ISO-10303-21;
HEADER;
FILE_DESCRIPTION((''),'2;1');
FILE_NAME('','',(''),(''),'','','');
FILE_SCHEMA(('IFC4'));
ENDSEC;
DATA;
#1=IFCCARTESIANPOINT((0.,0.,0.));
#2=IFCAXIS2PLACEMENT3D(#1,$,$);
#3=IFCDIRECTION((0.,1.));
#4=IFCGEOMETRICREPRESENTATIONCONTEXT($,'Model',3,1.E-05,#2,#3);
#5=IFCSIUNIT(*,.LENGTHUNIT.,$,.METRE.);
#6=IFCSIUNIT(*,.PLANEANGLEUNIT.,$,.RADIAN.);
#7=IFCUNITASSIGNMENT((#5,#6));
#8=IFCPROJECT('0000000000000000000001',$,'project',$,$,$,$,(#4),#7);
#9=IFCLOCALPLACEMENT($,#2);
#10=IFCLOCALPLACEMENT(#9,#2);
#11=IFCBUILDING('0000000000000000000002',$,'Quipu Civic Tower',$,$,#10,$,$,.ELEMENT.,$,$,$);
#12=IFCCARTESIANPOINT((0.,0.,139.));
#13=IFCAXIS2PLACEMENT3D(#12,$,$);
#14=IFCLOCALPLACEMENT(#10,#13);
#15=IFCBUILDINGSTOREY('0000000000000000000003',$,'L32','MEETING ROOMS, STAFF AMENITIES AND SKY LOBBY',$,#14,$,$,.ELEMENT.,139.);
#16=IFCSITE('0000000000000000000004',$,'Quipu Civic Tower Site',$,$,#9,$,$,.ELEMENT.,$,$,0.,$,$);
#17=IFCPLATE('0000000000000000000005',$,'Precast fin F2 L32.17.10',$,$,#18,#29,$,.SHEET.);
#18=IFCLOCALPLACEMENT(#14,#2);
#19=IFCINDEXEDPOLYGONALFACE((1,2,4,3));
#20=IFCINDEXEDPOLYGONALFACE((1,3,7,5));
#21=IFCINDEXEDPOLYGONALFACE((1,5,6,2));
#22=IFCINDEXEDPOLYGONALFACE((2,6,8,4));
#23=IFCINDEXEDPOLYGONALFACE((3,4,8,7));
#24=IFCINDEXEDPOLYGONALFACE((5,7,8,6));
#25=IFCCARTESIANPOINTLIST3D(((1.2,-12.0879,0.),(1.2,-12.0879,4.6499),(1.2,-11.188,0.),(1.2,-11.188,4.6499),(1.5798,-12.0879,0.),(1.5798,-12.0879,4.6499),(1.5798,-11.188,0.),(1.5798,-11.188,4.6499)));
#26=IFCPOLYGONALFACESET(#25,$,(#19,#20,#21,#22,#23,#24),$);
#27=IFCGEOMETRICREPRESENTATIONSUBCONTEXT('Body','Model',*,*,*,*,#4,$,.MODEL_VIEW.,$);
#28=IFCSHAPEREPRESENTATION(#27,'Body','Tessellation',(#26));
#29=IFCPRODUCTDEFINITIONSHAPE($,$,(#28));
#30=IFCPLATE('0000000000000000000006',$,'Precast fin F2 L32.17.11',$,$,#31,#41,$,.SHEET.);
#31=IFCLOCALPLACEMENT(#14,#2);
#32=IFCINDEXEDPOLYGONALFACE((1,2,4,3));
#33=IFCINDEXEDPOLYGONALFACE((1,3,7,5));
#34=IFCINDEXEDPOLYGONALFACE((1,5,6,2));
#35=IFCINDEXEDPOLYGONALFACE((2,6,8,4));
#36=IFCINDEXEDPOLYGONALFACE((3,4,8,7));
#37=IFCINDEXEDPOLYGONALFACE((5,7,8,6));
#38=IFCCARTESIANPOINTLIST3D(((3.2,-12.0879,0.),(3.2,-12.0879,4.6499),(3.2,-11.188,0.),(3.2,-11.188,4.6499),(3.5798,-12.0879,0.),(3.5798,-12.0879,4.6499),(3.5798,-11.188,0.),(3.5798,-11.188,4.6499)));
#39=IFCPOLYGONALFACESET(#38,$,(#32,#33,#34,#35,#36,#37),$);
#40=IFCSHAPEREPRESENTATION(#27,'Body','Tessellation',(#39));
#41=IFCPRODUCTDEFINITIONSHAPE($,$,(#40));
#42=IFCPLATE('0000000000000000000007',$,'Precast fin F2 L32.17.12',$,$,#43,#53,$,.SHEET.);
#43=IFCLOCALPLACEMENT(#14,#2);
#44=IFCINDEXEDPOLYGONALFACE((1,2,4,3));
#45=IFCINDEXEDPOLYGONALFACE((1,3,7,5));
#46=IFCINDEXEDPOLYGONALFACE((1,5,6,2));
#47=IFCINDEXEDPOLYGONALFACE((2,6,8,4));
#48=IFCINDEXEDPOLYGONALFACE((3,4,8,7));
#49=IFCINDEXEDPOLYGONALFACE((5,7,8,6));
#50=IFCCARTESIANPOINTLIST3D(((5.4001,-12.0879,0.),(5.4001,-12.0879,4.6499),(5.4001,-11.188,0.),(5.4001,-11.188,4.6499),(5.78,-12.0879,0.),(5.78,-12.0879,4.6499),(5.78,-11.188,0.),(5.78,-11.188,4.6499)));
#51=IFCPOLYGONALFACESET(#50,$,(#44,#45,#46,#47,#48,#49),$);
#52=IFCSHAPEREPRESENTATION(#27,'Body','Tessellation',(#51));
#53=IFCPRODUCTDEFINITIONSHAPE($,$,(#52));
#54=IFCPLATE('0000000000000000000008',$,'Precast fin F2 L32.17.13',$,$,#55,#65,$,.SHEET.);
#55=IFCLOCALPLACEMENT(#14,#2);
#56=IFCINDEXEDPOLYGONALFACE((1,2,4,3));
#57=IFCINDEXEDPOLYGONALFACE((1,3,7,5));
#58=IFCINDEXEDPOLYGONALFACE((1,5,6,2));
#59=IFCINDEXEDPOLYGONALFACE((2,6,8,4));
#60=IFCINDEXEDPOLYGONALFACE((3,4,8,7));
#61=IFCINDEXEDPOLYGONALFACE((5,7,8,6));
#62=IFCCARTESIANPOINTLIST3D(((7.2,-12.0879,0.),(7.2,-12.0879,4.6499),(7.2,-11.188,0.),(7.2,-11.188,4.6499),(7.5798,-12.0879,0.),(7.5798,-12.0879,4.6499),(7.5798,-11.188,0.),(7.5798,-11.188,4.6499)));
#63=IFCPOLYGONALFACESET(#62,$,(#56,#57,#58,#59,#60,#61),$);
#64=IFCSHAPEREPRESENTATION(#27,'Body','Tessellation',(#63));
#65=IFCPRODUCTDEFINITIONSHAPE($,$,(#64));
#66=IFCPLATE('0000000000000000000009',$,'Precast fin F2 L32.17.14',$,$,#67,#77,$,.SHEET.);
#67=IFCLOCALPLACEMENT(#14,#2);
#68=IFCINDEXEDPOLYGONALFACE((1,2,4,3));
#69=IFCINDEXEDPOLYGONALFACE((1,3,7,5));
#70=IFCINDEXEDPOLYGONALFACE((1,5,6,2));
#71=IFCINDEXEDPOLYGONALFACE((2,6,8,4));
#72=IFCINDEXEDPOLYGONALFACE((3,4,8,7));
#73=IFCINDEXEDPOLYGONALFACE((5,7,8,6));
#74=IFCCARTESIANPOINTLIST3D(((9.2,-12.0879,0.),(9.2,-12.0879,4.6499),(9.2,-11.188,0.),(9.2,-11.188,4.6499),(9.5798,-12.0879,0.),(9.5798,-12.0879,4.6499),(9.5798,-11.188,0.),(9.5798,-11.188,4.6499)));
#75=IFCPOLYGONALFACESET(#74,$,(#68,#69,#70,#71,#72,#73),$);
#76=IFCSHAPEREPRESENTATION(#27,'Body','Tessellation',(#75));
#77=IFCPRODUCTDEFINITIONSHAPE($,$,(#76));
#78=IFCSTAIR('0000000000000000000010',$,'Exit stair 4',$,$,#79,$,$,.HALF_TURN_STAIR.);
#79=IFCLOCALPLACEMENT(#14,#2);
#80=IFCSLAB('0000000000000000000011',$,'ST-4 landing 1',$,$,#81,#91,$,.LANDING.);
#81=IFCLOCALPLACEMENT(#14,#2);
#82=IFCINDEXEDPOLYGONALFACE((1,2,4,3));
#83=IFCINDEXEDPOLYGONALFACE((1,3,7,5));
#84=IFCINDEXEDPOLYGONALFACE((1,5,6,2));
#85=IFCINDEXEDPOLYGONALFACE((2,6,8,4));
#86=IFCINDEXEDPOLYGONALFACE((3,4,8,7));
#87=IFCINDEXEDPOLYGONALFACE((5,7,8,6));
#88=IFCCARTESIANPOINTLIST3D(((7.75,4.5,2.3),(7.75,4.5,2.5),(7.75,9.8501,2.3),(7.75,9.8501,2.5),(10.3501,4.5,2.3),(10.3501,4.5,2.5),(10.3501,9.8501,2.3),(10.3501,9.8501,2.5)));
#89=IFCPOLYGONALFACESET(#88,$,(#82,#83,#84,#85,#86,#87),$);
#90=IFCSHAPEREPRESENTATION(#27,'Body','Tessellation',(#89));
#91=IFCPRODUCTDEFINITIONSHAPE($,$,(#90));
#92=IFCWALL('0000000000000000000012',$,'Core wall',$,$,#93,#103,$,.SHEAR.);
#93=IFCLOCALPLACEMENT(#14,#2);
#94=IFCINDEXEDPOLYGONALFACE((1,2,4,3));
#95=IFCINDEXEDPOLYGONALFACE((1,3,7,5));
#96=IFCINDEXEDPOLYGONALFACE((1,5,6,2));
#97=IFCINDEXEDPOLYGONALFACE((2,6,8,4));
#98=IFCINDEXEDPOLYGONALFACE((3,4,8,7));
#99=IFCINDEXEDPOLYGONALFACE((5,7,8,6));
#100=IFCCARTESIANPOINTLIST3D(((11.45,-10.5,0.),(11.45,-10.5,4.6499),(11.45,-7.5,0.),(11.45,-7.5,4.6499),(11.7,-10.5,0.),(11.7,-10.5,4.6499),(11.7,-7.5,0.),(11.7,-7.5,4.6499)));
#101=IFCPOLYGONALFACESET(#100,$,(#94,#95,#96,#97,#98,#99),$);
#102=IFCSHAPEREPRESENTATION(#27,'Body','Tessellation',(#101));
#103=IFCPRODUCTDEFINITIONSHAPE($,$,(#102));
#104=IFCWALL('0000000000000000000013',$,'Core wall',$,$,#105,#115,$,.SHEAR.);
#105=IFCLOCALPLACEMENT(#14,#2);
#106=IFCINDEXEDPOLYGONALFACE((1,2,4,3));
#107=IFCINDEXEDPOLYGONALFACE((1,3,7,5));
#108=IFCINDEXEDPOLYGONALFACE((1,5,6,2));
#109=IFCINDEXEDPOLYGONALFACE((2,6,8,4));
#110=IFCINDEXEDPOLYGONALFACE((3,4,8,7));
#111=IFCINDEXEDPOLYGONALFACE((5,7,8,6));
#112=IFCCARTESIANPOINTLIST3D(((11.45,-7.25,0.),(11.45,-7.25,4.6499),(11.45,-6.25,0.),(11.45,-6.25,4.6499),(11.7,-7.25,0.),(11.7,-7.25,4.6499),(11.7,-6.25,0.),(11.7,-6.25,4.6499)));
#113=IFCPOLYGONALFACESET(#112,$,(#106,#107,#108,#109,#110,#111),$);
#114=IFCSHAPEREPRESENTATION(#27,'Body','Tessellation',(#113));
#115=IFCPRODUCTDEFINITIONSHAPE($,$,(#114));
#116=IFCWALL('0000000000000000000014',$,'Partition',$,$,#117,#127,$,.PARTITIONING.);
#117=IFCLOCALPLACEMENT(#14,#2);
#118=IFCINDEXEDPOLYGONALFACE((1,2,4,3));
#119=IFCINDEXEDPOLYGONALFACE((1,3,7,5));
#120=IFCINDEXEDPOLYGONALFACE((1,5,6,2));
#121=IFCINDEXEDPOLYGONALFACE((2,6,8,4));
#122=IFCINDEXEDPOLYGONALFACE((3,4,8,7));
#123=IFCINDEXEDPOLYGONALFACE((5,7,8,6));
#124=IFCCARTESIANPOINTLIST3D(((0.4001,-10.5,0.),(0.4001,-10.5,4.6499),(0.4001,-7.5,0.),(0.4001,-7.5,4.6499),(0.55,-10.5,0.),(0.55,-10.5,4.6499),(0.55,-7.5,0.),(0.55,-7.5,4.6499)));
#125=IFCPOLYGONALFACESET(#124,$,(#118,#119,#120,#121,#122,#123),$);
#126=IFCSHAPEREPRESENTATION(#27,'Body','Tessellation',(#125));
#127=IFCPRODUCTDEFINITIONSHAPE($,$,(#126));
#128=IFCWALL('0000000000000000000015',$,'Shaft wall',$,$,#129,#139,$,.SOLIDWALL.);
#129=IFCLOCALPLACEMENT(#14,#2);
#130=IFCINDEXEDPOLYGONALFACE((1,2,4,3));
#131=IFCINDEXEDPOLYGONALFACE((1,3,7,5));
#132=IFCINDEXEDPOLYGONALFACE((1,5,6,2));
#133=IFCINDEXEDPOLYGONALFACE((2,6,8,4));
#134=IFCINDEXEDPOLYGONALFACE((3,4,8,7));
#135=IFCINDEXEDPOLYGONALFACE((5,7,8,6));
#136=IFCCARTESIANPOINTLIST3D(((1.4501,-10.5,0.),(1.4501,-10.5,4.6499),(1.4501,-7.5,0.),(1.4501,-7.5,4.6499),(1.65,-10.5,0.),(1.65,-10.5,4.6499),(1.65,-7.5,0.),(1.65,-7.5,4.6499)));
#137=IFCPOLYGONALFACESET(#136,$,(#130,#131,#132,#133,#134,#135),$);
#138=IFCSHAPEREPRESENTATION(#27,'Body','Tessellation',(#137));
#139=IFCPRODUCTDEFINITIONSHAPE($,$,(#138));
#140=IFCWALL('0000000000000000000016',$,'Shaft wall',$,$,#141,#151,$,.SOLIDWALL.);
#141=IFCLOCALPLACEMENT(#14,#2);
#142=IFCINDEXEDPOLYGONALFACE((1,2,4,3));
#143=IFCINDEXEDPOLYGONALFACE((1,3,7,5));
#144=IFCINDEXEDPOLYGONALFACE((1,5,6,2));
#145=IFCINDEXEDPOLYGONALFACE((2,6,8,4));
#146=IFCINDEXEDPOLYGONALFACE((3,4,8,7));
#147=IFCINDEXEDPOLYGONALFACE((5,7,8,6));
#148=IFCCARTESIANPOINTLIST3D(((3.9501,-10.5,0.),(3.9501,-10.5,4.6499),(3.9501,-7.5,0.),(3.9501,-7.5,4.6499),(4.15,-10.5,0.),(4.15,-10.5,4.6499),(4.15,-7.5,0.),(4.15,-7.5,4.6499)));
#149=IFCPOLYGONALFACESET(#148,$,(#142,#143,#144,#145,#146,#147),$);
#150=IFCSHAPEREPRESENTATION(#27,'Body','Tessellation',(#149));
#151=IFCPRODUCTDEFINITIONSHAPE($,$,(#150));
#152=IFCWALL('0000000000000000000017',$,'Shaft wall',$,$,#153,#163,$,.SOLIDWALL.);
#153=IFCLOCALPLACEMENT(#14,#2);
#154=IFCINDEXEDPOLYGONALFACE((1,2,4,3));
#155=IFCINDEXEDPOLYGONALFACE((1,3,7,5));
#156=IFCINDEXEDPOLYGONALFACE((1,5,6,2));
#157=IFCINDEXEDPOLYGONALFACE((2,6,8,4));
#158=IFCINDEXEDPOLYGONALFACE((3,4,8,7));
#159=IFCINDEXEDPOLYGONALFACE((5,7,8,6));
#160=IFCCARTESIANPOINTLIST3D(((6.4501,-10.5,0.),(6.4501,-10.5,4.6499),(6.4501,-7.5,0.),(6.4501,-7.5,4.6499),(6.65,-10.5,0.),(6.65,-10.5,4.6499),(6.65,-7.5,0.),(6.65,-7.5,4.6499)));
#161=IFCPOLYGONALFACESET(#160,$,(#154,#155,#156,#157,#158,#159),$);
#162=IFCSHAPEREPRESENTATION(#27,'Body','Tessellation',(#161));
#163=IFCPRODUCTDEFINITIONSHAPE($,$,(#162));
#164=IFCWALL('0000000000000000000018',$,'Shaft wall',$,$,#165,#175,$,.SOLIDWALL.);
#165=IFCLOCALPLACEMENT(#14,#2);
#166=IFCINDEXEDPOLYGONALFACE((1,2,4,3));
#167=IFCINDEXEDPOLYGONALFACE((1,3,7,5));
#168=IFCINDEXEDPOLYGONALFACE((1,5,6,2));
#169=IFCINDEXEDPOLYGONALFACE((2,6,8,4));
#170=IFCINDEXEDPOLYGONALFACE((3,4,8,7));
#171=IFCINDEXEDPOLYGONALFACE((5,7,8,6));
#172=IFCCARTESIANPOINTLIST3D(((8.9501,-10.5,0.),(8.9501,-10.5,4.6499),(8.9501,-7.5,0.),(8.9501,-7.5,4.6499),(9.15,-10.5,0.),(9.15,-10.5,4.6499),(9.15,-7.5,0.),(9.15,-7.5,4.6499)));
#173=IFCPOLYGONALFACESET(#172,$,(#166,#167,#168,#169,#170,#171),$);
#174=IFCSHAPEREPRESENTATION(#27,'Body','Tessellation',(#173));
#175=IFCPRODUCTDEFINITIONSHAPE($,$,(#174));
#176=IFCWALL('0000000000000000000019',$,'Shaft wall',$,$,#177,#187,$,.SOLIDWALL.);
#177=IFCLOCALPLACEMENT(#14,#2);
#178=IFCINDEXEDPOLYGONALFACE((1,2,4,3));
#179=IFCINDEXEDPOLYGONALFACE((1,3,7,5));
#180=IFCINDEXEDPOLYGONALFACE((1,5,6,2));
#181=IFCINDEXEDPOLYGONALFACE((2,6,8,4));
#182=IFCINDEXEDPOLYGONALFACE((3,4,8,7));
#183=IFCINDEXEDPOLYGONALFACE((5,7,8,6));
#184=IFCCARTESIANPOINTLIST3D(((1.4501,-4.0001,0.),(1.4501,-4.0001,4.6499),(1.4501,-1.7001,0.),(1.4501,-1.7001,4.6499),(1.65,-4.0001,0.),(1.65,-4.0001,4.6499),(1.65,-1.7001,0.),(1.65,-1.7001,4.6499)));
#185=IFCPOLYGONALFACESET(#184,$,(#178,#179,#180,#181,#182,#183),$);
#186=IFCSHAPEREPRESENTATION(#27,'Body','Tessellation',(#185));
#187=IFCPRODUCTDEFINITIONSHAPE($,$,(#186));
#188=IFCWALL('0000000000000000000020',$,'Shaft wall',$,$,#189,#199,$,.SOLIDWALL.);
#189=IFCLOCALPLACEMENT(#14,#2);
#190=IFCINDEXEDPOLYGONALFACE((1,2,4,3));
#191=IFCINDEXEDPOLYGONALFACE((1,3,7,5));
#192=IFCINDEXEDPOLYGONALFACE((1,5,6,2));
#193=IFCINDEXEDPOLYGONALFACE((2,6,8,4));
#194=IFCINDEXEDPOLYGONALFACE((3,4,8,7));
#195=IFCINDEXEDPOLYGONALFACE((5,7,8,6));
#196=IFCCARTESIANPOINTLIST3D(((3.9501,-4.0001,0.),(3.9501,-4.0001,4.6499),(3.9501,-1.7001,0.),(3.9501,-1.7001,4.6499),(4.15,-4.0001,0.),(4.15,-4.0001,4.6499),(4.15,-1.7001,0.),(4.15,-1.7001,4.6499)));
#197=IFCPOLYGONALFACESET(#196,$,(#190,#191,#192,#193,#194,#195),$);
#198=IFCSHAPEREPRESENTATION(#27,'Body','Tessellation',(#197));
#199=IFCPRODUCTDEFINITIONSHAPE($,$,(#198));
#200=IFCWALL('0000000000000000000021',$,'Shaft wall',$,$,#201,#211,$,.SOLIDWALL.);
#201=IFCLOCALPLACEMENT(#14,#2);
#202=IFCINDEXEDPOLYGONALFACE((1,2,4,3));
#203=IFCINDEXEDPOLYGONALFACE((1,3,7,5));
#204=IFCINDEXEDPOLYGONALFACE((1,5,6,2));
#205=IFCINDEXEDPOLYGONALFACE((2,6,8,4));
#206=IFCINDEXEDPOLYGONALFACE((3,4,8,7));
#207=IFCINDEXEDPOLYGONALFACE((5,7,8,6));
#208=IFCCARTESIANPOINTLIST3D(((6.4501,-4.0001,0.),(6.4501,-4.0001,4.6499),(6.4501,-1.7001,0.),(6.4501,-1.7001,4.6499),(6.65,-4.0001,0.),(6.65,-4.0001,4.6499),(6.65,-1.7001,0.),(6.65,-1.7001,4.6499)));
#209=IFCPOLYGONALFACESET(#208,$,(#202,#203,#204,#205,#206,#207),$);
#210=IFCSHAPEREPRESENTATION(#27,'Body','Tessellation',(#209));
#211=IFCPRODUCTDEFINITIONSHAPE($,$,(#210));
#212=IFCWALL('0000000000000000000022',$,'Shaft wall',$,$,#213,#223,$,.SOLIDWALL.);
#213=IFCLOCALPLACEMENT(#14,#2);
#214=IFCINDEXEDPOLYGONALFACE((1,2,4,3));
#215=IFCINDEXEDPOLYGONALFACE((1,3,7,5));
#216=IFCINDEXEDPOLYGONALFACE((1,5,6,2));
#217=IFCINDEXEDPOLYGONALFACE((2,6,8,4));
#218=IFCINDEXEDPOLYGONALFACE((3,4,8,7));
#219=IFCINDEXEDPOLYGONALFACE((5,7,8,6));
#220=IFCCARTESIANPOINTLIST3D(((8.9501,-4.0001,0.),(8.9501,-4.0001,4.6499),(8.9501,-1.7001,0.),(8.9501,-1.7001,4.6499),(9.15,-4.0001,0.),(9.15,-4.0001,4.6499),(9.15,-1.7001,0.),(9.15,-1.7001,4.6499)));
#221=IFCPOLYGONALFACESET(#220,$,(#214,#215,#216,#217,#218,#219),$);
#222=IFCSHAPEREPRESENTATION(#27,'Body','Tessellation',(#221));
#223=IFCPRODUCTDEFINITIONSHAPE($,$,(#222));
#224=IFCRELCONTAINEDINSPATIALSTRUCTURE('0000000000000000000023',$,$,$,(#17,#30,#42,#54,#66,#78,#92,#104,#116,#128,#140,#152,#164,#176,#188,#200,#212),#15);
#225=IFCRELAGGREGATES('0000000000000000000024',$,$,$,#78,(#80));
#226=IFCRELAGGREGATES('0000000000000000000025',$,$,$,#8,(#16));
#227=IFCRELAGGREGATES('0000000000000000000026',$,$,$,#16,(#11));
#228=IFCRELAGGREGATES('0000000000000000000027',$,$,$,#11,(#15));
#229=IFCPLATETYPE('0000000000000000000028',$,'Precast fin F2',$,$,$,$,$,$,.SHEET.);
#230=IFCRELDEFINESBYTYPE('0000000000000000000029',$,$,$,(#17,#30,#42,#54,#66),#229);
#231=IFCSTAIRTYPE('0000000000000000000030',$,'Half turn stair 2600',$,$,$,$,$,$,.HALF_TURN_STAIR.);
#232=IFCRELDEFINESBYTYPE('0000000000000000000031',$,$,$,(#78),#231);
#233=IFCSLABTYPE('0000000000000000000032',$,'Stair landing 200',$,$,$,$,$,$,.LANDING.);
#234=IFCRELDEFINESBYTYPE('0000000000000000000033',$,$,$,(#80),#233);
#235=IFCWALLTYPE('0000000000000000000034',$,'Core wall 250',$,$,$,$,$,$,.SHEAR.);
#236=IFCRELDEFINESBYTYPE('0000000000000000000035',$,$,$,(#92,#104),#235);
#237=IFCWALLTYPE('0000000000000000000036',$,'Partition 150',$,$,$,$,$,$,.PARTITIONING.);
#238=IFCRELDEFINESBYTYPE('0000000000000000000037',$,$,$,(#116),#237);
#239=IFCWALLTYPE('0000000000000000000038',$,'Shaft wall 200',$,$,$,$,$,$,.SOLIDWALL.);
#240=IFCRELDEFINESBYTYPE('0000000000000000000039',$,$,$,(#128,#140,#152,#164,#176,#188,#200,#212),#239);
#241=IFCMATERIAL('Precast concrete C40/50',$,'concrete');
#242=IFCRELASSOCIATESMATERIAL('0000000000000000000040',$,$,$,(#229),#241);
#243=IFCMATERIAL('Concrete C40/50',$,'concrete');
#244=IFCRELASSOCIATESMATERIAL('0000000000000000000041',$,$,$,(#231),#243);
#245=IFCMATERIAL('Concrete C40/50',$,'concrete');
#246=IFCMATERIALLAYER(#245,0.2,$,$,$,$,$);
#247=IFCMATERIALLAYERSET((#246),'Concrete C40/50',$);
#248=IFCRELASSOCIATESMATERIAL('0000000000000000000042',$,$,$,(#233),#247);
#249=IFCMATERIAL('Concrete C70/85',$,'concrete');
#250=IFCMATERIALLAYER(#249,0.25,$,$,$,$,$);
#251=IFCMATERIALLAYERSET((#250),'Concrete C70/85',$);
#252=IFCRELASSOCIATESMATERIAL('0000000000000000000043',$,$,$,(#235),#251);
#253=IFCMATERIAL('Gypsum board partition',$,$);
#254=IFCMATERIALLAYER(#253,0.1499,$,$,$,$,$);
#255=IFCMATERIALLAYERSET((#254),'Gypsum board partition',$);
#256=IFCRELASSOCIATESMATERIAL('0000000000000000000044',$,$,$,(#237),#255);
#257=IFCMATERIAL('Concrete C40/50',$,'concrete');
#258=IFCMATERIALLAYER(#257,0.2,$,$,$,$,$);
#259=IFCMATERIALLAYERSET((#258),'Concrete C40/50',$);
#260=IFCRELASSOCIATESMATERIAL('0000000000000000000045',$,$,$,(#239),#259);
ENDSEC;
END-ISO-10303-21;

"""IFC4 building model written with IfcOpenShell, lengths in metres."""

from ifc_helpers import new_model, si_unit, direction, frame, frame_2d, origin, origin_2d, place, context, subcontext, project, spatial, polyline, rectangle, outline, extrude, material, layer, layer_set, type_object, element, aggregate, save


model = new_model("IFC4")

# Units and contexts
model_context = context("Model", 3, precision=1e-05, world=origin(), true_north=direction((0.0, 1.0)))
body_context = subcontext(model_context, "Body", "Model", "MODEL_VIEW")
ifc_project = project(units=[si_unit("LENGTHUNIT", "METRE"), si_unit("PLANEANGLEUNIT", "RADIAN")], contexts=[model_context])

# Site, building, storey
site_placement = place(None, origin())
site = spatial("IfcSite", under=ifc_project, at=site_placement, Name="Quipu Civic Tower Site", CompositionType="ELEMENT", RefElevation=0.0)
building_placement = place(site_placement, origin())
building = spatial("IfcBuilding", under=site, at=building_placement, Name="Quipu Civic Tower", CompositionType="ELEMENT")
storey_placement = place(building_placement, frame((0.0, 0.0, 139.0)))
storey = spatial("IfcBuildingStorey", under=building, at=storey_placement, Name="L32", Description="MEETING ROOMS, STAFF AMENITIES AND SKY LOBBY", CompositionType="ELEMENT", Elevation=139.0)

# Plates
ifc_material_1 = material(Name="Precast concrete C40/50", Category="concrete")
plate_type = type_object("IfcPlateType", Name="Precast fin F2", PredefinedType="SHEET", material=ifc_material_1)
for number, where, z_axis, x_axis, name in (
    (1, (1.3899, -11.6379, 0.0), (0.0, 0.0, 1.0), (1.0, 0.0, 0.0), "Precast fin F2 L32.17.10"),
    (2, (3.3899, -11.6379, 0.0), (0.0, 0.0, 1.0), (1.0, 0.0, 0.0), "Precast fin F2 L32.17.11"),
    (3, (5.5901, -11.6379, 0.0), (0.0, 0.0, 1.0), (1.0, 0.0, 0.0), "Precast fin F2 L32.17.12"),
    (4, (7.3899, -11.6379, 0.0), (0.0, 0.0, 1.0), (1.0, 0.0, 0.0), "Precast fin F2 L32.17.13"),
    (5, (9.3899, -11.6379, 0.0), (0.0, 0.0, 1.0), (1.0, 0.0, 0.0), "Precast fin F2 L32.17.14"),
):
    element("IfcPlate", number, at=place(storey_placement, frame(where, z_axis=z_axis, x_axis=x_axis)), inside=storey, type_object=plate_type, Name=name, PredefinedType="SHEET", context=body_context, shape_type="SweptSolid", body=[
        extrude(rectangle(XDim=0.3799, YDim=0.8999, at=origin_2d()), origin(), (0.0, 0.0, 1.0), 4.6499),
    ])

# Stair, slab
ifc_material_2 = material(Name="Concrete C40/50", Category="concrete")
stair_type = type_object("IfcStairType", Name="Half turn stair 2600", PredefinedType="HALF_TURN_STAIR", material=ifc_material_2)
stair_placement = place(storey_placement, origin())
stair = element("IfcStair", 6, at=stair_placement, inside=storey, type_object=stair_type, Name="Exit stair 4", PredefinedType="HALF_TURN_STAIR")
ifc_material_3 = material(Name="Concrete C40/50", Category="concrete")
ifc_layer_1 = layer(ifc_material_3, 0.2)
ifc_layer_set_1 = layer_set([ifc_layer_1], Name="Concrete C40/50")
slab_type = type_object("IfcSlabType", Name="Stair landing 200", PredefinedType="LANDING", material=ifc_layer_set_1)
slab_placement = place(storey_placement, frame((0.0, 0.0, 2.3)))
slab = element("IfcSlab", 7, at=slab_placement, type_object=slab_type, Name="ST-4 landing 1", PredefinedType="LANDING", context=body_context, shape_type="SweptSolid", body=[
    extrude(outline(polyline([(10.3501, 9.8501), (7.75, 9.8501), (7.75, 4.5), (10.3501, 4.5), (10.3501, 9.8501)])), origin(), (0.0, 0.0, 1.0), 0.2),
])
aggregate(stair, [slab])

# Walls
ifc_material_4 = material(Name="Concrete C70/85", Category="concrete")
ifc_layer_2 = layer(ifc_material_4, 0.25)
ifc_layer_set_2 = layer_set([ifc_layer_2], Name="Concrete C70/85")
wall_type_1 = type_object("IfcWallType", Name="Core wall 250", PredefinedType="SHEAR", material=ifc_layer_set_2)
wall_1_placement = place(storey_placement, frame((11.575, -10.5, 0.0), z_axis=(0.0, 0.0, 1.0), x_axis=(0.0, 1.0, 0.0)))
element("IfcWall", 8, at=wall_1_placement, inside=storey, type_object=wall_type_1, Name="Core wall", PredefinedType="SHEAR", context=body_context, shape_type="SweptSolid", body=[
    extrude(rectangle(XDim=3.0, YDim=0.25, at=frame_2d((1.5, 0.0))), origin(), (0.0, 0.0, 1.0), 4.6499),
])
wall_2_placement = place(storey_placement, frame((11.575, -7.25, 0.0), z_axis=(0.0, 0.0, 1.0), x_axis=(0.0, 1.0, 0.0)))
element("IfcWall", 9, at=wall_2_placement, inside=storey, type_object=wall_type_1, Name="Core wall", PredefinedType="SHEAR", context=body_context, shape_type="SweptSolid", body=[
    extrude(rectangle(XDim=1.0, YDim=0.25, at=frame_2d((0.5, 0.0))), origin(), (0.0, 0.0, 1.0), 4.6499),
])
ifc_material_5 = material(Name="Gypsum board partition")
ifc_layer_3 = layer(ifc_material_5, 0.1499)
ifc_layer_set_3 = layer_set([ifc_layer_3], Name="Gypsum board partition")
wall_type_2 = type_object("IfcWallType", Name="Partition 150", PredefinedType="PARTITIONING", material=ifc_layer_set_3)
wall_3_placement = place(storey_placement, frame((0.4751, -10.5, 0.0), z_axis=(0.0, 0.0, 1.0), x_axis=(0.0, 1.0, 0.0)))
element("IfcWall", 10, at=wall_3_placement, inside=storey, type_object=wall_type_2, Name="Partition", PredefinedType="PARTITIONING", context=body_context, shape_type="SweptSolid", body=[
    extrude(rectangle(XDim=3.0, YDim=0.1499, at=frame_2d((1.5, 0.0))), origin(), (0.0, 0.0, 1.0), 4.6499),
])
ifc_material_6 = material(Name="Concrete C40/50", Category="concrete")
ifc_layer_4 = layer(ifc_material_6, 0.2)
ifc_layer_set_4 = layer_set([ifc_layer_4], Name="Concrete C40/50")
wall_type_3 = type_object("IfcWallType", Name="Shaft wall 200", PredefinedType="SOLIDWALL", material=ifc_layer_set_4)
for number, where, z_axis, x_axis, name in (
    (11, (1.55, -10.5, 0.0), (0.0, 0.0, 1.0), (0.0, 1.0, 0.0), "Shaft wall"),
    (12, (4.05, -10.5, 0.0), (0.0, 0.0, 1.0), (0.0, 1.0, 0.0), "Shaft wall"),
    (13, (6.55, -10.5, 0.0), (0.0, 0.0, 1.0), (0.0, 1.0, 0.0), "Shaft wall"),
    (14, (9.05, -10.5, 0.0), (0.0, 0.0, 1.0), (0.0, 1.0, 0.0), "Shaft wall"),
):
    element("IfcWall", number, at=place(storey_placement, frame(where, z_axis=z_axis, x_axis=x_axis)), inside=storey, type_object=wall_type_3, Name=name, PredefinedType="SOLIDWALL", context=body_context, shape_type="SweptSolid", body=[
        extrude(rectangle(XDim=3.0, YDim=0.2, at=frame_2d((1.5, 0.0))), origin(), (0.0, 0.0, 1.0), 4.6499),
    ])
for number, where, z_axis, x_axis, name in (
    (15, (1.55, -4.0, 0.0), (0.0, 0.0, 1.0), (0.0, 1.0, 0.0), "Shaft wall"),
    (16, (4.05, -4.0, 0.0), (0.0, 0.0, 1.0), (0.0, 1.0, 0.0), "Shaft wall"),
    (17, (6.55, -4.0, 0.0), (0.0, 0.0, 1.0), (0.0, 1.0, 0.0), "Shaft wall"),
    (18, (9.05, -4.0, 0.0), (0.0, 0.0, 1.0), (0.0, 1.0, 0.0), "Shaft wall"),
):
    element("IfcWall", number, at=place(storey_placement, frame(where, z_axis=z_axis, x_axis=x_axis)), inside=storey, type_object=wall_type_3, Name=name, PredefinedType="SOLIDWALL", context=body_context, shape_type="SweptSolid", body=[
        extrude(rectangle(XDim=2.3, YDim=0.2, at=frame_2d((1.1499, 0.0))), origin(), (0.0, 0.0, 1.0), 4.6499),
    ])

save(model, "model.ifc")
